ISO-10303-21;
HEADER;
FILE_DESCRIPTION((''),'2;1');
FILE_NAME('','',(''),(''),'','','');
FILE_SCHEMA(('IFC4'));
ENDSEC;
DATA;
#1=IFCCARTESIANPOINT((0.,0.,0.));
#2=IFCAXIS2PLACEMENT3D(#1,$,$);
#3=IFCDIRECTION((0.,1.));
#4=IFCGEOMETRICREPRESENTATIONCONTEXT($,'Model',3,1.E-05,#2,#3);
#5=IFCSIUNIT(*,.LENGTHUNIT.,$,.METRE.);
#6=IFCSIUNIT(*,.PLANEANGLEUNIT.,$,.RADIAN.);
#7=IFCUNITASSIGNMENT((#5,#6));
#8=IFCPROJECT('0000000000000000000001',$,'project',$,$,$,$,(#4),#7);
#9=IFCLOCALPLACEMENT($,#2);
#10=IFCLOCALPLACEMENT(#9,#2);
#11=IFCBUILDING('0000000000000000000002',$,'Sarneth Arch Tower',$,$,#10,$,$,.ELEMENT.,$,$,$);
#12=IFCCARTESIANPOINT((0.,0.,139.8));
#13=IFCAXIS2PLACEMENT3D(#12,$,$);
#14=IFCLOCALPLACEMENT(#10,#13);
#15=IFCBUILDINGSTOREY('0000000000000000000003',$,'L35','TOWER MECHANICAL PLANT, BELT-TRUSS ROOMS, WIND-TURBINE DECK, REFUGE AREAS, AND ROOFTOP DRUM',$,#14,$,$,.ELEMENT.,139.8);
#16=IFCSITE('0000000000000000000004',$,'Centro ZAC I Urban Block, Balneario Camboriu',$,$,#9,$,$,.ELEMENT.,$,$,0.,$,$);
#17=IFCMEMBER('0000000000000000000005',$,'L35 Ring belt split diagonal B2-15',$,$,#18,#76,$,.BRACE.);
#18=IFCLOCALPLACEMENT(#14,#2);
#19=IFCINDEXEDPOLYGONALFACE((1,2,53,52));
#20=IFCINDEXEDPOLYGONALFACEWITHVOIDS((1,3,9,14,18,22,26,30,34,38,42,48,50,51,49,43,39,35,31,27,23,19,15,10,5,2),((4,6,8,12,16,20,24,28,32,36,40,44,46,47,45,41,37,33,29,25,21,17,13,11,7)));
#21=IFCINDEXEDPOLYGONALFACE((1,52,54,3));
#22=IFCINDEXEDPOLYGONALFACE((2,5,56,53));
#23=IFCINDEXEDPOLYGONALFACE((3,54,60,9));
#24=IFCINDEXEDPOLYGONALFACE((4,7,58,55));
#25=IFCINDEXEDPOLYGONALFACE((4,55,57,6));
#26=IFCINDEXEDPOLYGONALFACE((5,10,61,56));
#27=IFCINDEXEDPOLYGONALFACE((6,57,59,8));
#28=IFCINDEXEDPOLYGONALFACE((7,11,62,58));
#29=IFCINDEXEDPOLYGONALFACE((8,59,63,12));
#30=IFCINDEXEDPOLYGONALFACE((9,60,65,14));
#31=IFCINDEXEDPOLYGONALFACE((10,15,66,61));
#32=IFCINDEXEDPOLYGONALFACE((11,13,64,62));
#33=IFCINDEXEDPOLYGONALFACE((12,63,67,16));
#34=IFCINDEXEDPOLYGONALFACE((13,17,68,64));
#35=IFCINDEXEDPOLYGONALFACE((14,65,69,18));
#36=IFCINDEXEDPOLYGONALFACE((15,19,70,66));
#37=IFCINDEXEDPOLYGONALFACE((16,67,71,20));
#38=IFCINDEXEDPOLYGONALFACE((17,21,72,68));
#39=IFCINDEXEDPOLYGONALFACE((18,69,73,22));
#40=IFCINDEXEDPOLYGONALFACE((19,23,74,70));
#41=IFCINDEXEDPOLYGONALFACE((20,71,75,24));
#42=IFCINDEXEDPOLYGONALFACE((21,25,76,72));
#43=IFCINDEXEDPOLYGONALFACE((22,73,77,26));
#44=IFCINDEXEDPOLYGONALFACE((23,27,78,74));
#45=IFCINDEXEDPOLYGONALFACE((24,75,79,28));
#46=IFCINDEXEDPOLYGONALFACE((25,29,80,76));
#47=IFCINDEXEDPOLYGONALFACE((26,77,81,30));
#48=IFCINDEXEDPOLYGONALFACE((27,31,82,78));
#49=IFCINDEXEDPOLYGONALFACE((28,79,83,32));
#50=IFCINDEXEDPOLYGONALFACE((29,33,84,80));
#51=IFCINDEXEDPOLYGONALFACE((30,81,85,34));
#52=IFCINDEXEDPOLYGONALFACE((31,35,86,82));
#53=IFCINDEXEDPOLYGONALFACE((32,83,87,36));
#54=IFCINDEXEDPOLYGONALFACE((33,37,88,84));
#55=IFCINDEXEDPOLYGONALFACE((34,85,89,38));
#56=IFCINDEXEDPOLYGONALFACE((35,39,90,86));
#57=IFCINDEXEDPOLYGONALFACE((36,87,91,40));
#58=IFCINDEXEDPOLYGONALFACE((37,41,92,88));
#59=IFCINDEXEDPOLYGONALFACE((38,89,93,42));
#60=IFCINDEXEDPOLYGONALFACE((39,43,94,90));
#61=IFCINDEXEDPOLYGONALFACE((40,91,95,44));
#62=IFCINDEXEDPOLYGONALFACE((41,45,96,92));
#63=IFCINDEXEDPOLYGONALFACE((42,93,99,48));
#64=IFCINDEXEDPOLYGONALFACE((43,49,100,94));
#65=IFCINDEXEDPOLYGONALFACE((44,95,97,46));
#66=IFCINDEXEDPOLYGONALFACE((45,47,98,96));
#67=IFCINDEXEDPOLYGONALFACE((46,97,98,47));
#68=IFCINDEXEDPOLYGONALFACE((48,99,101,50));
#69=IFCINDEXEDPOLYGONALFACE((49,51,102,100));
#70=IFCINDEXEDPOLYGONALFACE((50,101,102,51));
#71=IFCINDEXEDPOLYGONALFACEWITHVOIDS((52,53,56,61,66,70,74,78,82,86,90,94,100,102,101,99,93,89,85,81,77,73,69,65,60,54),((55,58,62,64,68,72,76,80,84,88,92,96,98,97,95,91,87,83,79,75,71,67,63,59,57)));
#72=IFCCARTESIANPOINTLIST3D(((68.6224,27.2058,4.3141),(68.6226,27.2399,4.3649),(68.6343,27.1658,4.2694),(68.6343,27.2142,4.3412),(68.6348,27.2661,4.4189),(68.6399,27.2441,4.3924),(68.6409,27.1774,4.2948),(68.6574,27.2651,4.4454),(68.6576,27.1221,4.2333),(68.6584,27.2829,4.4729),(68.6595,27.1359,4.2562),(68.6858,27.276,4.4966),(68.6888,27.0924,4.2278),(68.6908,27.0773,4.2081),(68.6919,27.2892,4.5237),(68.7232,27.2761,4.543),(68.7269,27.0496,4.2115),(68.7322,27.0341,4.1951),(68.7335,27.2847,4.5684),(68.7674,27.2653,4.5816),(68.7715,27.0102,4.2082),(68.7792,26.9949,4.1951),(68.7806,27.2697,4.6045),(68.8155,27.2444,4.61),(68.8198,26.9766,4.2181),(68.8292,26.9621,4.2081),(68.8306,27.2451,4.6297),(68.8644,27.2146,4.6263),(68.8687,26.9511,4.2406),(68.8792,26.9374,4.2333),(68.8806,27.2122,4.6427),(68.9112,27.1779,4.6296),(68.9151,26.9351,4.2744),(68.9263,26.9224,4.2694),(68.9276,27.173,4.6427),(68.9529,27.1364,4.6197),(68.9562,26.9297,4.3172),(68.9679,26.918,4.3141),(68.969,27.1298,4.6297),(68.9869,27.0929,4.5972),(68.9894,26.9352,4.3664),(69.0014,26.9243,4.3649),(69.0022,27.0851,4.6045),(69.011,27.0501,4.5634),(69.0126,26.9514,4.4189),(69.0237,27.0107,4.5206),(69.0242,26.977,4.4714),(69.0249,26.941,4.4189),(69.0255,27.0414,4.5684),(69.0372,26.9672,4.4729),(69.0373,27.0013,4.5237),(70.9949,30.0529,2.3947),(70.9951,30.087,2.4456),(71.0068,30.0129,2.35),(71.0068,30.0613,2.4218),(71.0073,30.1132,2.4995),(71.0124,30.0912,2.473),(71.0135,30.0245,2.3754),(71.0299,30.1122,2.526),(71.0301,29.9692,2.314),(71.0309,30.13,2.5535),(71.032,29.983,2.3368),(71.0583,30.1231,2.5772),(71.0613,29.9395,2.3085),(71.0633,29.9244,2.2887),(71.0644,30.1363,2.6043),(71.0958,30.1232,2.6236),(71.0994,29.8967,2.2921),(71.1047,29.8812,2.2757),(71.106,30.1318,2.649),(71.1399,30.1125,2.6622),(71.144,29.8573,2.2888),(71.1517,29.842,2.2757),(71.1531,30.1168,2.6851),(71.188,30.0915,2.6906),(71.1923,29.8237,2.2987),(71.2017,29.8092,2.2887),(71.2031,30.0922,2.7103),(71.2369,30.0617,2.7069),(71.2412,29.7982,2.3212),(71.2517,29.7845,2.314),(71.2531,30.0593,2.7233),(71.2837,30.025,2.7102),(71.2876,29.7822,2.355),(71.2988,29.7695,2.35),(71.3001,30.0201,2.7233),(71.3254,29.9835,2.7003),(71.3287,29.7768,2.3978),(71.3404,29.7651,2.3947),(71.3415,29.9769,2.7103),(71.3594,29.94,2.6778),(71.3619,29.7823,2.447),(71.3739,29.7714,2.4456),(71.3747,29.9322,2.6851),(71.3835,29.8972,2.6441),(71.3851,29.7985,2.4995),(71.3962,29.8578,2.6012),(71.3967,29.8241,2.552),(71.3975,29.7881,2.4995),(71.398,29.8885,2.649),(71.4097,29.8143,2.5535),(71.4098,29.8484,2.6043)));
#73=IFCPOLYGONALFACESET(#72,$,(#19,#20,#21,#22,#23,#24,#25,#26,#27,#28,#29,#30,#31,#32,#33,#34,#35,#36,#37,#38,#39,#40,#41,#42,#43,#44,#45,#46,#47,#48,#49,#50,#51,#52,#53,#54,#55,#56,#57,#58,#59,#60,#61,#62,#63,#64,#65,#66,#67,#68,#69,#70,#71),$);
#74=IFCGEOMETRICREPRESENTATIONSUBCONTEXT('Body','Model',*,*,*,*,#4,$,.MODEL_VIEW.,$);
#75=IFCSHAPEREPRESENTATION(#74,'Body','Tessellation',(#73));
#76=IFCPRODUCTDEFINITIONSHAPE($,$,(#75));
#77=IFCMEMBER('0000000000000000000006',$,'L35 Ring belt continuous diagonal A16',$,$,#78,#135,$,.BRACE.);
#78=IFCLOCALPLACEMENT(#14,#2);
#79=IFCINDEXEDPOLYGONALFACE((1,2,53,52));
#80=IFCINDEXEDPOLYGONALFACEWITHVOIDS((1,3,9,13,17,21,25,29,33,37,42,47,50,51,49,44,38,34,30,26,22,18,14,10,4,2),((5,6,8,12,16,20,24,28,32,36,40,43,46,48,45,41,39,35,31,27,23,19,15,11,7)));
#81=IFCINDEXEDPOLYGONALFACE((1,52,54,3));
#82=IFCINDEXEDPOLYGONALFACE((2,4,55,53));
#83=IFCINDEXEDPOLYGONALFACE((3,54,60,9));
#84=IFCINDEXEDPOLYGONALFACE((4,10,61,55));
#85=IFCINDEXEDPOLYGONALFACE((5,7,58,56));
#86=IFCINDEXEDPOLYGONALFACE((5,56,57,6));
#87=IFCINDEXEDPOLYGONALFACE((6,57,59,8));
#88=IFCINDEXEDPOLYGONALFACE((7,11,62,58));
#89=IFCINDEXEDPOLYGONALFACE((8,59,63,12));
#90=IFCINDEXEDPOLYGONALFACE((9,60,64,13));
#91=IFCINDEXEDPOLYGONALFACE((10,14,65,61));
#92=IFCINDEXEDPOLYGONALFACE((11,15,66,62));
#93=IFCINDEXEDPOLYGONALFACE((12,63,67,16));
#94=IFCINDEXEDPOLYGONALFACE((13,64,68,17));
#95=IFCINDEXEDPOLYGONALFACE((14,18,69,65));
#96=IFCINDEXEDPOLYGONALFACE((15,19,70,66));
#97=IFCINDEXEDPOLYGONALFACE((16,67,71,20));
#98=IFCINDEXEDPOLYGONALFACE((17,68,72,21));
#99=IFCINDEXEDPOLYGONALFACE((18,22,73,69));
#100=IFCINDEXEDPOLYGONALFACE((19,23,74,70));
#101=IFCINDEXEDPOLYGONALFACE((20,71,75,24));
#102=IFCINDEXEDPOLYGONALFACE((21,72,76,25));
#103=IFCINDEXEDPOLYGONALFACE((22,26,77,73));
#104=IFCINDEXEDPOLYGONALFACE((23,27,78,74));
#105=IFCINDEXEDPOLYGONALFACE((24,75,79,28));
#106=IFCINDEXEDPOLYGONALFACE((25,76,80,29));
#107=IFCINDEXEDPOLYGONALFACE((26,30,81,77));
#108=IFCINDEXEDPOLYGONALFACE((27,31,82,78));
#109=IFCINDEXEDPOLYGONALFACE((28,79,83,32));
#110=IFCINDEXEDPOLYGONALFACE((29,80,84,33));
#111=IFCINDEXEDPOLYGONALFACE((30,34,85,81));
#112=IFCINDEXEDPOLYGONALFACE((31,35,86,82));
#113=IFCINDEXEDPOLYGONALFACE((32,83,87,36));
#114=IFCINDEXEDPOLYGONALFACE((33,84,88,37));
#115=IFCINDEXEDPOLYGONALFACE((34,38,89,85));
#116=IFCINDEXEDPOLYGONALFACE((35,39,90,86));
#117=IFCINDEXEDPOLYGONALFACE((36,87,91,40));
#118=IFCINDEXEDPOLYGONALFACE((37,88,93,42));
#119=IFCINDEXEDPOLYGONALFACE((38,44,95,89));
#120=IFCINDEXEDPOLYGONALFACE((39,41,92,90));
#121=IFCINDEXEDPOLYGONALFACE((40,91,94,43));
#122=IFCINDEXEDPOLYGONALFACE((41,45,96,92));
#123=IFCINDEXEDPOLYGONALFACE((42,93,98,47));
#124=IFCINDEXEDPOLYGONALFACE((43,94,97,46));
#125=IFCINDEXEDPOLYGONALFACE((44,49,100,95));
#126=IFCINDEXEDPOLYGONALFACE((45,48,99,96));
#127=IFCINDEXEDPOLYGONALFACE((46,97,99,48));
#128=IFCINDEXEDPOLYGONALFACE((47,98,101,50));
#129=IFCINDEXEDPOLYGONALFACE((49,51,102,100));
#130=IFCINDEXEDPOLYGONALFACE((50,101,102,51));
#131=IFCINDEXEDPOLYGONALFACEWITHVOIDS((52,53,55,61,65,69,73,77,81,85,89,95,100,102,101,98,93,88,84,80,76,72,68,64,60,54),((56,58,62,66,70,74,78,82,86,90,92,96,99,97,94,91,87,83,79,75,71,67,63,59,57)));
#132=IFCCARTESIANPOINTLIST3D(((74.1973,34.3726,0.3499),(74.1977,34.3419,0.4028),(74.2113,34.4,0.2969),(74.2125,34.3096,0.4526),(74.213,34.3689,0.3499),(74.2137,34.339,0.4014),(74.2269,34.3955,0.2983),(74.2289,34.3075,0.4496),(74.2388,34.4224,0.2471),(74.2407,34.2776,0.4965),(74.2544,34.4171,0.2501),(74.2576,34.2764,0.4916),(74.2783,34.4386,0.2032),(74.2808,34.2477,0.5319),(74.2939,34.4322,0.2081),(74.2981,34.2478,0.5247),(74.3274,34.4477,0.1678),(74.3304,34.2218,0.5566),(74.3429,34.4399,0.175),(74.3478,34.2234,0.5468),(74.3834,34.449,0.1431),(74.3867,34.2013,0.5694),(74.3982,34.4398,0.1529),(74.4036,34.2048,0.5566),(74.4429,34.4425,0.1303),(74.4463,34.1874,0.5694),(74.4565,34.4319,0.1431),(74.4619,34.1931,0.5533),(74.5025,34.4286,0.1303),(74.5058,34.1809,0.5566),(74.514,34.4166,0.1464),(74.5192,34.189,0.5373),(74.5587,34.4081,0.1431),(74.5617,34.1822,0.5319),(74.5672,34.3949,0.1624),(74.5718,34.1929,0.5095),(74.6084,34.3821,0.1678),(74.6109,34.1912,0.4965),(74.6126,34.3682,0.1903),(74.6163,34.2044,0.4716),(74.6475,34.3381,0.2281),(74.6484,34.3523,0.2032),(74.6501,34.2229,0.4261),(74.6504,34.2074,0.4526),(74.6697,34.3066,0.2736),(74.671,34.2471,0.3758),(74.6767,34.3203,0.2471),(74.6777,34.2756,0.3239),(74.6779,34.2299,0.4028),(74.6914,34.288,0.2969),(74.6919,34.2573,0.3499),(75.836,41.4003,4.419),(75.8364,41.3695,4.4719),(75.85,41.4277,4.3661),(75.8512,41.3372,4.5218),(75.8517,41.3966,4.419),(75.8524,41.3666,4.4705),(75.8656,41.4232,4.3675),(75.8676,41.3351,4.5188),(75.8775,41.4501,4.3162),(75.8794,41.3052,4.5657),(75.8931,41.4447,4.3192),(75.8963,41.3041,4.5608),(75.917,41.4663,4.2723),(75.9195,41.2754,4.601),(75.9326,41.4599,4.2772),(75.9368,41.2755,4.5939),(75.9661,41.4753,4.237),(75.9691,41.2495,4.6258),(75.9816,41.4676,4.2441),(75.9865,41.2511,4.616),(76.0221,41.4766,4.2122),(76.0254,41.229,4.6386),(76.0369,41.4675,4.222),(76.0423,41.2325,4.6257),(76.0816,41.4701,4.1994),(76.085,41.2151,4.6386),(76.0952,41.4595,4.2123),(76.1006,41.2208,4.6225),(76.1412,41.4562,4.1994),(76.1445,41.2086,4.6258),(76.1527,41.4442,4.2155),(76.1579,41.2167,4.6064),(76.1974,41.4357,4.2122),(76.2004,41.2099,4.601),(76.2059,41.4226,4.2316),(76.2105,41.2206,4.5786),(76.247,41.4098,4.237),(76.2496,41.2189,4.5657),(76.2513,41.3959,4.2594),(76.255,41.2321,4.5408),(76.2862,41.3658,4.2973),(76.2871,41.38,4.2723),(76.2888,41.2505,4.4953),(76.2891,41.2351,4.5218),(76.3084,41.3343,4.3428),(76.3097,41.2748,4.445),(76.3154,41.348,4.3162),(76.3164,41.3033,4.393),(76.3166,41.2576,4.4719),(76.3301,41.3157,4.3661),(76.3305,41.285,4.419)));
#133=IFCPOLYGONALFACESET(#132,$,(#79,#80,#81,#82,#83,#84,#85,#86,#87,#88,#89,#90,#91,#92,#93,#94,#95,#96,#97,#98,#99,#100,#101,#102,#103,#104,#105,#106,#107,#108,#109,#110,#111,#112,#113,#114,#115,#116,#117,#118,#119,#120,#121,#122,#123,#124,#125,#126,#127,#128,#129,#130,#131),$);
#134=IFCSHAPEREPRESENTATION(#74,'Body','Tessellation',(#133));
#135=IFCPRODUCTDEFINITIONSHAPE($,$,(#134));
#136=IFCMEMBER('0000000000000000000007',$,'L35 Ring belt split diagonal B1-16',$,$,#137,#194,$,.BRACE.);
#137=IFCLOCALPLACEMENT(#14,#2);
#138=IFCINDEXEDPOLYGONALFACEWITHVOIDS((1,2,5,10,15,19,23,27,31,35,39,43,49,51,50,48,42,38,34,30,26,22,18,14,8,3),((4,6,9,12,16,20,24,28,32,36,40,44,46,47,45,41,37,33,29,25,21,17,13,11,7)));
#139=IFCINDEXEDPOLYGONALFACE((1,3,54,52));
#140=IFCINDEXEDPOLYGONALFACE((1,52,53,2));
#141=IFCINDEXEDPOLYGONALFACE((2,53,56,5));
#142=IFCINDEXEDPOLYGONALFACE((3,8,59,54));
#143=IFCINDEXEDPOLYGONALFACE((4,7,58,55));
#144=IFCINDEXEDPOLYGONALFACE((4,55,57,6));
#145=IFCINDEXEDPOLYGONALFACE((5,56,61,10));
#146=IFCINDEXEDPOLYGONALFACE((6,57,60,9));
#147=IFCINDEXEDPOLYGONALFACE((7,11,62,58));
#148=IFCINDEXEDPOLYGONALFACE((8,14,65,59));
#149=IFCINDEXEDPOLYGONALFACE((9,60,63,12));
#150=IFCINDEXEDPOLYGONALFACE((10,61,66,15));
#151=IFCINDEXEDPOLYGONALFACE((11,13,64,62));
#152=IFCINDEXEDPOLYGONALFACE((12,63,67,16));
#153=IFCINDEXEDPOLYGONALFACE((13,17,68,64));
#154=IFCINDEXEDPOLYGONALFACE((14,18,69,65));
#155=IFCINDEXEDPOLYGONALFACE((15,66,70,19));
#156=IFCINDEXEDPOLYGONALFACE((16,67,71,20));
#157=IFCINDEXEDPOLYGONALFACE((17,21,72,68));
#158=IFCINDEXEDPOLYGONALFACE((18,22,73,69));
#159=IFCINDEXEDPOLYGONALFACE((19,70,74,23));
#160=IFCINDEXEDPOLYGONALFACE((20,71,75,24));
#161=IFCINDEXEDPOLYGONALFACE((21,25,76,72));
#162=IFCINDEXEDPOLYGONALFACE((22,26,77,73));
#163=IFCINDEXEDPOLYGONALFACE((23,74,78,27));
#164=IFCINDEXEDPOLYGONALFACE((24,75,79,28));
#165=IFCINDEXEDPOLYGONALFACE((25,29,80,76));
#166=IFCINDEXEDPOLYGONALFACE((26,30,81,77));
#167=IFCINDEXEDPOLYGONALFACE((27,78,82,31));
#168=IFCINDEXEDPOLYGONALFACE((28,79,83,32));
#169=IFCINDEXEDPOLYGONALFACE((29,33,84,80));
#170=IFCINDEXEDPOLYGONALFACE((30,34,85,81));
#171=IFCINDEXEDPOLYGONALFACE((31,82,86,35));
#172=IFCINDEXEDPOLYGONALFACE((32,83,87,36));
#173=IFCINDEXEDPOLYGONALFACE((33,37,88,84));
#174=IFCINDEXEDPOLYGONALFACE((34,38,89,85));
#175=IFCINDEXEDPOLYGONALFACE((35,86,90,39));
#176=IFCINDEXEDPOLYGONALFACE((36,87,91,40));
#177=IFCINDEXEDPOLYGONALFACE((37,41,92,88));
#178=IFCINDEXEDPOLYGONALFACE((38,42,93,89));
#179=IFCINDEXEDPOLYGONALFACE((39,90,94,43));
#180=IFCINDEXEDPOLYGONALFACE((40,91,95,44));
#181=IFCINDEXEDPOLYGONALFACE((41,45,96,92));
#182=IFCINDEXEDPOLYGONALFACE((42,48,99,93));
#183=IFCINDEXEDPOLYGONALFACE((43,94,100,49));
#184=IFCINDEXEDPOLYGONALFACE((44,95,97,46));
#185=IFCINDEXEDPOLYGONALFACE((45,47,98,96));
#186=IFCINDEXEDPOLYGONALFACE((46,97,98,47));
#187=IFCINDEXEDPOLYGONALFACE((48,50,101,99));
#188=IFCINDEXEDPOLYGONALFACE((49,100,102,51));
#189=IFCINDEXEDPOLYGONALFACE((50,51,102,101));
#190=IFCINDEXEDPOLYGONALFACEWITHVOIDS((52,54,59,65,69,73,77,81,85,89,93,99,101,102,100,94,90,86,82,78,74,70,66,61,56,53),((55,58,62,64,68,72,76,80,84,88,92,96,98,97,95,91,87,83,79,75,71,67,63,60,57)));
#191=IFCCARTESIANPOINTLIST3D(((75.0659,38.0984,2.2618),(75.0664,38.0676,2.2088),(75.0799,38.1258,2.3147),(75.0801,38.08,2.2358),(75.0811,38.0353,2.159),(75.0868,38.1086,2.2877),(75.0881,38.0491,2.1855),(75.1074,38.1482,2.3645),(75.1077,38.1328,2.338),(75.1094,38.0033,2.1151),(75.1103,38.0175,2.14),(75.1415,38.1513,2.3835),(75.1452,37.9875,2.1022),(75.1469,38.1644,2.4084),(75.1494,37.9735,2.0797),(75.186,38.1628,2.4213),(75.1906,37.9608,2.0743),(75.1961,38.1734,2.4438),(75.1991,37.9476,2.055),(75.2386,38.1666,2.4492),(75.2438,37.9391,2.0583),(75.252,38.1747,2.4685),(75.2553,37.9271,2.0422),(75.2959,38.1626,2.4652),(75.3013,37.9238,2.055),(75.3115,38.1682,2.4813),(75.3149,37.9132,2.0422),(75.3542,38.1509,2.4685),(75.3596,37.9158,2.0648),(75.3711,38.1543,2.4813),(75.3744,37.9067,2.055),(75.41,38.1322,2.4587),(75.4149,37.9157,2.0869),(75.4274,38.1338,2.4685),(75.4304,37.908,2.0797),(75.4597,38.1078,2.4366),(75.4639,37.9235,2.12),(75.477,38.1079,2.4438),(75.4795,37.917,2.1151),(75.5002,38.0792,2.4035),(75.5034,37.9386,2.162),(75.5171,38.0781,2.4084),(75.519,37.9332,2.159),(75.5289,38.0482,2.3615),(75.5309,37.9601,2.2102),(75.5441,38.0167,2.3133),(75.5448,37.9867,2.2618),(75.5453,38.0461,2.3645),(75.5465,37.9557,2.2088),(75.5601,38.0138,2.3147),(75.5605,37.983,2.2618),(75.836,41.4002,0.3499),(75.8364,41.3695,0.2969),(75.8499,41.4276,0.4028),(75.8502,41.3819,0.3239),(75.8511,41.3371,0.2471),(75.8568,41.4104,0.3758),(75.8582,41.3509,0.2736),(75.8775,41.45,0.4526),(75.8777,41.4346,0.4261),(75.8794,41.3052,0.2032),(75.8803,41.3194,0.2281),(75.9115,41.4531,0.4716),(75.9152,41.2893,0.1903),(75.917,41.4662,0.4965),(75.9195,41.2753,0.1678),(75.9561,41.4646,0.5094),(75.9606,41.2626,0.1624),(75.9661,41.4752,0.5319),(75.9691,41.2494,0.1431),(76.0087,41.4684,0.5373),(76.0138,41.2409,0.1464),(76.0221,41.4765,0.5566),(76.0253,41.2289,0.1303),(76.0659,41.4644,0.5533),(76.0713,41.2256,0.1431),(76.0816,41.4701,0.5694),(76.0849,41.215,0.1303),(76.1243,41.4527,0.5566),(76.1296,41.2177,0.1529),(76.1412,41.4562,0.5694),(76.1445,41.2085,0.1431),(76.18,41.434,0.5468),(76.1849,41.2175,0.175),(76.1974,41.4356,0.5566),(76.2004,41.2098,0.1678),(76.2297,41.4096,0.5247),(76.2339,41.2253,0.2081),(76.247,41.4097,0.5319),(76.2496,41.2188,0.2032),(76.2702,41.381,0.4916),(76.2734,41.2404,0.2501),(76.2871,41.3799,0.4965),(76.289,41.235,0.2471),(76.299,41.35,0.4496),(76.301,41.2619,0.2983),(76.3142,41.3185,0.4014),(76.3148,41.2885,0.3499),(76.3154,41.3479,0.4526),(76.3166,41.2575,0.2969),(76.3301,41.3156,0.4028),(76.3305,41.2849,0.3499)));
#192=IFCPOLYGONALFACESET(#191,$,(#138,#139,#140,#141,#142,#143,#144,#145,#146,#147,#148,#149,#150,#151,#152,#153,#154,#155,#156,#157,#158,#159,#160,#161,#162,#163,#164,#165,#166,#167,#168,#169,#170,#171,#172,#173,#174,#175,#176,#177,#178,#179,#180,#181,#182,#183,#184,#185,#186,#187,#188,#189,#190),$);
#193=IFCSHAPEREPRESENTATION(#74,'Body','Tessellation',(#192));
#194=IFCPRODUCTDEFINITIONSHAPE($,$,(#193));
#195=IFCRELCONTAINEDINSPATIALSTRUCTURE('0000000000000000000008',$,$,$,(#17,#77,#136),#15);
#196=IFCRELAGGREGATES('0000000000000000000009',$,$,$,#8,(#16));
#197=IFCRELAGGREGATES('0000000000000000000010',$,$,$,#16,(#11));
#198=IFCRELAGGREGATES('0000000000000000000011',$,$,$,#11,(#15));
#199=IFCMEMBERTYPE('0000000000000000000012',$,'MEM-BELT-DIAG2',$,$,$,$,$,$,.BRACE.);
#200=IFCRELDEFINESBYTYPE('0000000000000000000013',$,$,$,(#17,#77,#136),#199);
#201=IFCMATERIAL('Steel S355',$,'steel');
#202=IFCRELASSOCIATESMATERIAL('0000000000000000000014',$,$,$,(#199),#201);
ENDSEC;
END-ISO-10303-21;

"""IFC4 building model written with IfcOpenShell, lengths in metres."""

from ifc_helpers import new_model, si_unit, direction, frame, origin, origin_2d, place, context, subcontext, project, spatial, hollow_circle, extrude, material, material_profile, profile_set, type_object, element, save


model = new_model("IFC4")

# Units and contexts
model_context = context("Model", 3, precision=1e-05, world=origin(), true_north=direction((0.0, 1.0)))
body_context = subcontext(model_context, "Body", "Model", "MODEL_VIEW")
ifc_project = project(units=[si_unit("LENGTHUNIT", "METRE"), si_unit("PLANEANGLEUNIT", "RADIAN")], contexts=[model_context])

# Site, building, storey
site_placement = place(None, origin())
site = spatial("IfcSite", under=ifc_project, at=site_placement, Name="Centro ZAC I Urban Block, Balneario Camboriu", CompositionType="ELEMENT", RefElevation=0.0)
building_placement = place(site_placement, origin())
building = spatial("IfcBuilding", under=site, at=building_placement, Name="Sarneth Arch Tower", CompositionType="ELEMENT")
storey_placement = place(building_placement, frame((0.0, 0.0, 139.8)))
storey = spatial("IfcBuildingStorey", under=building, at=storey_placement, Name="L35", Description="TOWER MECHANICAL PLANT, BELT-TRUSS ROOMS, WIND-TURBINE DECK, REFUGE AREAS, AND ROOFTOP DRUM", CompositionType="ELEMENT", Elevation=139.8)

# Members
ifc_material_1 = material(Name="Steel S355", Category="steel")
ifc_material_profile_1 = material_profile(ifc_material_1, hollow_circle(Radius=0.2539, WallThickness=0.0161, at=origin_2d()), Name="CHS508x16")
ifc_profile_set_1 = profile_set([ifc_material_profile_1], Name="Steel S355")
member_type_1 = type_object("IfcMemberType", Name="MEM-BELT-DIAG2", PredefinedType="BRACE", material=ifc_profile_set_1)
member_1_placement = place(storey_placement, frame((71.2024, 29.9507, 2.4995), z_axis=(-0.568457, -0.682172, 0.45989), x_axis=(0.768232, -0.640171, 0.0)))
element("IfcMember", 1, at=member_1_placement, inside=storey, type_object=member_type_1, Name="L35 Ring belt split diagonal B2-15", PredefinedType="BRACE", context=body_context, shape_type="SweptSolid", body=[
    extrude(hollow_circle(Radius=0.2539, WallThickness=0.0161, at=origin_2d()), origin(), (0.0, 0.0, 1.0), 4.1736),
])
member_2_placement = place(storey_placement, frame((74.4446, 34.3149, 0.3499), z_axis=(0.197804, 0.848301, 0.491181), x_axis=(-0.973875, 0.227085, 0.0)))
element("IfcMember", 2, at=member_2_placement, inside=storey, type_object=member_type_1, Name="L35 Ring belt continuous diagonal A16", PredefinedType="BRACE", context=body_context, shape_type="SweptSolid", body=[
    extrude(hollow_circle(Radius=0.2539, WallThickness=0.0161, at=origin_2d()), origin(), (0.0, 0.0, 1.0), 8.2844),
])
member_3_placement = place(storey_placement, frame((76.0833, 41.3425, 0.3499), z_axis=(-0.197833, -0.848286, 0.491195), x_axis=(0.973867, -0.22712, 0.0)))
element("IfcMember", 3, at=member_3_placement, inside=storey, type_object=member_type_1, Name="L35 Ring belt split diagonal B1-16", PredefinedType="BRACE", context=body_context, shape_type="SweptSolid", body=[
    extrude(hollow_circle(Radius=0.2539, WallThickness=0.0161, at=origin_2d()), origin(), (0.0, 0.0, 1.0), 3.8923),
])

save(model, "model.ifc")
